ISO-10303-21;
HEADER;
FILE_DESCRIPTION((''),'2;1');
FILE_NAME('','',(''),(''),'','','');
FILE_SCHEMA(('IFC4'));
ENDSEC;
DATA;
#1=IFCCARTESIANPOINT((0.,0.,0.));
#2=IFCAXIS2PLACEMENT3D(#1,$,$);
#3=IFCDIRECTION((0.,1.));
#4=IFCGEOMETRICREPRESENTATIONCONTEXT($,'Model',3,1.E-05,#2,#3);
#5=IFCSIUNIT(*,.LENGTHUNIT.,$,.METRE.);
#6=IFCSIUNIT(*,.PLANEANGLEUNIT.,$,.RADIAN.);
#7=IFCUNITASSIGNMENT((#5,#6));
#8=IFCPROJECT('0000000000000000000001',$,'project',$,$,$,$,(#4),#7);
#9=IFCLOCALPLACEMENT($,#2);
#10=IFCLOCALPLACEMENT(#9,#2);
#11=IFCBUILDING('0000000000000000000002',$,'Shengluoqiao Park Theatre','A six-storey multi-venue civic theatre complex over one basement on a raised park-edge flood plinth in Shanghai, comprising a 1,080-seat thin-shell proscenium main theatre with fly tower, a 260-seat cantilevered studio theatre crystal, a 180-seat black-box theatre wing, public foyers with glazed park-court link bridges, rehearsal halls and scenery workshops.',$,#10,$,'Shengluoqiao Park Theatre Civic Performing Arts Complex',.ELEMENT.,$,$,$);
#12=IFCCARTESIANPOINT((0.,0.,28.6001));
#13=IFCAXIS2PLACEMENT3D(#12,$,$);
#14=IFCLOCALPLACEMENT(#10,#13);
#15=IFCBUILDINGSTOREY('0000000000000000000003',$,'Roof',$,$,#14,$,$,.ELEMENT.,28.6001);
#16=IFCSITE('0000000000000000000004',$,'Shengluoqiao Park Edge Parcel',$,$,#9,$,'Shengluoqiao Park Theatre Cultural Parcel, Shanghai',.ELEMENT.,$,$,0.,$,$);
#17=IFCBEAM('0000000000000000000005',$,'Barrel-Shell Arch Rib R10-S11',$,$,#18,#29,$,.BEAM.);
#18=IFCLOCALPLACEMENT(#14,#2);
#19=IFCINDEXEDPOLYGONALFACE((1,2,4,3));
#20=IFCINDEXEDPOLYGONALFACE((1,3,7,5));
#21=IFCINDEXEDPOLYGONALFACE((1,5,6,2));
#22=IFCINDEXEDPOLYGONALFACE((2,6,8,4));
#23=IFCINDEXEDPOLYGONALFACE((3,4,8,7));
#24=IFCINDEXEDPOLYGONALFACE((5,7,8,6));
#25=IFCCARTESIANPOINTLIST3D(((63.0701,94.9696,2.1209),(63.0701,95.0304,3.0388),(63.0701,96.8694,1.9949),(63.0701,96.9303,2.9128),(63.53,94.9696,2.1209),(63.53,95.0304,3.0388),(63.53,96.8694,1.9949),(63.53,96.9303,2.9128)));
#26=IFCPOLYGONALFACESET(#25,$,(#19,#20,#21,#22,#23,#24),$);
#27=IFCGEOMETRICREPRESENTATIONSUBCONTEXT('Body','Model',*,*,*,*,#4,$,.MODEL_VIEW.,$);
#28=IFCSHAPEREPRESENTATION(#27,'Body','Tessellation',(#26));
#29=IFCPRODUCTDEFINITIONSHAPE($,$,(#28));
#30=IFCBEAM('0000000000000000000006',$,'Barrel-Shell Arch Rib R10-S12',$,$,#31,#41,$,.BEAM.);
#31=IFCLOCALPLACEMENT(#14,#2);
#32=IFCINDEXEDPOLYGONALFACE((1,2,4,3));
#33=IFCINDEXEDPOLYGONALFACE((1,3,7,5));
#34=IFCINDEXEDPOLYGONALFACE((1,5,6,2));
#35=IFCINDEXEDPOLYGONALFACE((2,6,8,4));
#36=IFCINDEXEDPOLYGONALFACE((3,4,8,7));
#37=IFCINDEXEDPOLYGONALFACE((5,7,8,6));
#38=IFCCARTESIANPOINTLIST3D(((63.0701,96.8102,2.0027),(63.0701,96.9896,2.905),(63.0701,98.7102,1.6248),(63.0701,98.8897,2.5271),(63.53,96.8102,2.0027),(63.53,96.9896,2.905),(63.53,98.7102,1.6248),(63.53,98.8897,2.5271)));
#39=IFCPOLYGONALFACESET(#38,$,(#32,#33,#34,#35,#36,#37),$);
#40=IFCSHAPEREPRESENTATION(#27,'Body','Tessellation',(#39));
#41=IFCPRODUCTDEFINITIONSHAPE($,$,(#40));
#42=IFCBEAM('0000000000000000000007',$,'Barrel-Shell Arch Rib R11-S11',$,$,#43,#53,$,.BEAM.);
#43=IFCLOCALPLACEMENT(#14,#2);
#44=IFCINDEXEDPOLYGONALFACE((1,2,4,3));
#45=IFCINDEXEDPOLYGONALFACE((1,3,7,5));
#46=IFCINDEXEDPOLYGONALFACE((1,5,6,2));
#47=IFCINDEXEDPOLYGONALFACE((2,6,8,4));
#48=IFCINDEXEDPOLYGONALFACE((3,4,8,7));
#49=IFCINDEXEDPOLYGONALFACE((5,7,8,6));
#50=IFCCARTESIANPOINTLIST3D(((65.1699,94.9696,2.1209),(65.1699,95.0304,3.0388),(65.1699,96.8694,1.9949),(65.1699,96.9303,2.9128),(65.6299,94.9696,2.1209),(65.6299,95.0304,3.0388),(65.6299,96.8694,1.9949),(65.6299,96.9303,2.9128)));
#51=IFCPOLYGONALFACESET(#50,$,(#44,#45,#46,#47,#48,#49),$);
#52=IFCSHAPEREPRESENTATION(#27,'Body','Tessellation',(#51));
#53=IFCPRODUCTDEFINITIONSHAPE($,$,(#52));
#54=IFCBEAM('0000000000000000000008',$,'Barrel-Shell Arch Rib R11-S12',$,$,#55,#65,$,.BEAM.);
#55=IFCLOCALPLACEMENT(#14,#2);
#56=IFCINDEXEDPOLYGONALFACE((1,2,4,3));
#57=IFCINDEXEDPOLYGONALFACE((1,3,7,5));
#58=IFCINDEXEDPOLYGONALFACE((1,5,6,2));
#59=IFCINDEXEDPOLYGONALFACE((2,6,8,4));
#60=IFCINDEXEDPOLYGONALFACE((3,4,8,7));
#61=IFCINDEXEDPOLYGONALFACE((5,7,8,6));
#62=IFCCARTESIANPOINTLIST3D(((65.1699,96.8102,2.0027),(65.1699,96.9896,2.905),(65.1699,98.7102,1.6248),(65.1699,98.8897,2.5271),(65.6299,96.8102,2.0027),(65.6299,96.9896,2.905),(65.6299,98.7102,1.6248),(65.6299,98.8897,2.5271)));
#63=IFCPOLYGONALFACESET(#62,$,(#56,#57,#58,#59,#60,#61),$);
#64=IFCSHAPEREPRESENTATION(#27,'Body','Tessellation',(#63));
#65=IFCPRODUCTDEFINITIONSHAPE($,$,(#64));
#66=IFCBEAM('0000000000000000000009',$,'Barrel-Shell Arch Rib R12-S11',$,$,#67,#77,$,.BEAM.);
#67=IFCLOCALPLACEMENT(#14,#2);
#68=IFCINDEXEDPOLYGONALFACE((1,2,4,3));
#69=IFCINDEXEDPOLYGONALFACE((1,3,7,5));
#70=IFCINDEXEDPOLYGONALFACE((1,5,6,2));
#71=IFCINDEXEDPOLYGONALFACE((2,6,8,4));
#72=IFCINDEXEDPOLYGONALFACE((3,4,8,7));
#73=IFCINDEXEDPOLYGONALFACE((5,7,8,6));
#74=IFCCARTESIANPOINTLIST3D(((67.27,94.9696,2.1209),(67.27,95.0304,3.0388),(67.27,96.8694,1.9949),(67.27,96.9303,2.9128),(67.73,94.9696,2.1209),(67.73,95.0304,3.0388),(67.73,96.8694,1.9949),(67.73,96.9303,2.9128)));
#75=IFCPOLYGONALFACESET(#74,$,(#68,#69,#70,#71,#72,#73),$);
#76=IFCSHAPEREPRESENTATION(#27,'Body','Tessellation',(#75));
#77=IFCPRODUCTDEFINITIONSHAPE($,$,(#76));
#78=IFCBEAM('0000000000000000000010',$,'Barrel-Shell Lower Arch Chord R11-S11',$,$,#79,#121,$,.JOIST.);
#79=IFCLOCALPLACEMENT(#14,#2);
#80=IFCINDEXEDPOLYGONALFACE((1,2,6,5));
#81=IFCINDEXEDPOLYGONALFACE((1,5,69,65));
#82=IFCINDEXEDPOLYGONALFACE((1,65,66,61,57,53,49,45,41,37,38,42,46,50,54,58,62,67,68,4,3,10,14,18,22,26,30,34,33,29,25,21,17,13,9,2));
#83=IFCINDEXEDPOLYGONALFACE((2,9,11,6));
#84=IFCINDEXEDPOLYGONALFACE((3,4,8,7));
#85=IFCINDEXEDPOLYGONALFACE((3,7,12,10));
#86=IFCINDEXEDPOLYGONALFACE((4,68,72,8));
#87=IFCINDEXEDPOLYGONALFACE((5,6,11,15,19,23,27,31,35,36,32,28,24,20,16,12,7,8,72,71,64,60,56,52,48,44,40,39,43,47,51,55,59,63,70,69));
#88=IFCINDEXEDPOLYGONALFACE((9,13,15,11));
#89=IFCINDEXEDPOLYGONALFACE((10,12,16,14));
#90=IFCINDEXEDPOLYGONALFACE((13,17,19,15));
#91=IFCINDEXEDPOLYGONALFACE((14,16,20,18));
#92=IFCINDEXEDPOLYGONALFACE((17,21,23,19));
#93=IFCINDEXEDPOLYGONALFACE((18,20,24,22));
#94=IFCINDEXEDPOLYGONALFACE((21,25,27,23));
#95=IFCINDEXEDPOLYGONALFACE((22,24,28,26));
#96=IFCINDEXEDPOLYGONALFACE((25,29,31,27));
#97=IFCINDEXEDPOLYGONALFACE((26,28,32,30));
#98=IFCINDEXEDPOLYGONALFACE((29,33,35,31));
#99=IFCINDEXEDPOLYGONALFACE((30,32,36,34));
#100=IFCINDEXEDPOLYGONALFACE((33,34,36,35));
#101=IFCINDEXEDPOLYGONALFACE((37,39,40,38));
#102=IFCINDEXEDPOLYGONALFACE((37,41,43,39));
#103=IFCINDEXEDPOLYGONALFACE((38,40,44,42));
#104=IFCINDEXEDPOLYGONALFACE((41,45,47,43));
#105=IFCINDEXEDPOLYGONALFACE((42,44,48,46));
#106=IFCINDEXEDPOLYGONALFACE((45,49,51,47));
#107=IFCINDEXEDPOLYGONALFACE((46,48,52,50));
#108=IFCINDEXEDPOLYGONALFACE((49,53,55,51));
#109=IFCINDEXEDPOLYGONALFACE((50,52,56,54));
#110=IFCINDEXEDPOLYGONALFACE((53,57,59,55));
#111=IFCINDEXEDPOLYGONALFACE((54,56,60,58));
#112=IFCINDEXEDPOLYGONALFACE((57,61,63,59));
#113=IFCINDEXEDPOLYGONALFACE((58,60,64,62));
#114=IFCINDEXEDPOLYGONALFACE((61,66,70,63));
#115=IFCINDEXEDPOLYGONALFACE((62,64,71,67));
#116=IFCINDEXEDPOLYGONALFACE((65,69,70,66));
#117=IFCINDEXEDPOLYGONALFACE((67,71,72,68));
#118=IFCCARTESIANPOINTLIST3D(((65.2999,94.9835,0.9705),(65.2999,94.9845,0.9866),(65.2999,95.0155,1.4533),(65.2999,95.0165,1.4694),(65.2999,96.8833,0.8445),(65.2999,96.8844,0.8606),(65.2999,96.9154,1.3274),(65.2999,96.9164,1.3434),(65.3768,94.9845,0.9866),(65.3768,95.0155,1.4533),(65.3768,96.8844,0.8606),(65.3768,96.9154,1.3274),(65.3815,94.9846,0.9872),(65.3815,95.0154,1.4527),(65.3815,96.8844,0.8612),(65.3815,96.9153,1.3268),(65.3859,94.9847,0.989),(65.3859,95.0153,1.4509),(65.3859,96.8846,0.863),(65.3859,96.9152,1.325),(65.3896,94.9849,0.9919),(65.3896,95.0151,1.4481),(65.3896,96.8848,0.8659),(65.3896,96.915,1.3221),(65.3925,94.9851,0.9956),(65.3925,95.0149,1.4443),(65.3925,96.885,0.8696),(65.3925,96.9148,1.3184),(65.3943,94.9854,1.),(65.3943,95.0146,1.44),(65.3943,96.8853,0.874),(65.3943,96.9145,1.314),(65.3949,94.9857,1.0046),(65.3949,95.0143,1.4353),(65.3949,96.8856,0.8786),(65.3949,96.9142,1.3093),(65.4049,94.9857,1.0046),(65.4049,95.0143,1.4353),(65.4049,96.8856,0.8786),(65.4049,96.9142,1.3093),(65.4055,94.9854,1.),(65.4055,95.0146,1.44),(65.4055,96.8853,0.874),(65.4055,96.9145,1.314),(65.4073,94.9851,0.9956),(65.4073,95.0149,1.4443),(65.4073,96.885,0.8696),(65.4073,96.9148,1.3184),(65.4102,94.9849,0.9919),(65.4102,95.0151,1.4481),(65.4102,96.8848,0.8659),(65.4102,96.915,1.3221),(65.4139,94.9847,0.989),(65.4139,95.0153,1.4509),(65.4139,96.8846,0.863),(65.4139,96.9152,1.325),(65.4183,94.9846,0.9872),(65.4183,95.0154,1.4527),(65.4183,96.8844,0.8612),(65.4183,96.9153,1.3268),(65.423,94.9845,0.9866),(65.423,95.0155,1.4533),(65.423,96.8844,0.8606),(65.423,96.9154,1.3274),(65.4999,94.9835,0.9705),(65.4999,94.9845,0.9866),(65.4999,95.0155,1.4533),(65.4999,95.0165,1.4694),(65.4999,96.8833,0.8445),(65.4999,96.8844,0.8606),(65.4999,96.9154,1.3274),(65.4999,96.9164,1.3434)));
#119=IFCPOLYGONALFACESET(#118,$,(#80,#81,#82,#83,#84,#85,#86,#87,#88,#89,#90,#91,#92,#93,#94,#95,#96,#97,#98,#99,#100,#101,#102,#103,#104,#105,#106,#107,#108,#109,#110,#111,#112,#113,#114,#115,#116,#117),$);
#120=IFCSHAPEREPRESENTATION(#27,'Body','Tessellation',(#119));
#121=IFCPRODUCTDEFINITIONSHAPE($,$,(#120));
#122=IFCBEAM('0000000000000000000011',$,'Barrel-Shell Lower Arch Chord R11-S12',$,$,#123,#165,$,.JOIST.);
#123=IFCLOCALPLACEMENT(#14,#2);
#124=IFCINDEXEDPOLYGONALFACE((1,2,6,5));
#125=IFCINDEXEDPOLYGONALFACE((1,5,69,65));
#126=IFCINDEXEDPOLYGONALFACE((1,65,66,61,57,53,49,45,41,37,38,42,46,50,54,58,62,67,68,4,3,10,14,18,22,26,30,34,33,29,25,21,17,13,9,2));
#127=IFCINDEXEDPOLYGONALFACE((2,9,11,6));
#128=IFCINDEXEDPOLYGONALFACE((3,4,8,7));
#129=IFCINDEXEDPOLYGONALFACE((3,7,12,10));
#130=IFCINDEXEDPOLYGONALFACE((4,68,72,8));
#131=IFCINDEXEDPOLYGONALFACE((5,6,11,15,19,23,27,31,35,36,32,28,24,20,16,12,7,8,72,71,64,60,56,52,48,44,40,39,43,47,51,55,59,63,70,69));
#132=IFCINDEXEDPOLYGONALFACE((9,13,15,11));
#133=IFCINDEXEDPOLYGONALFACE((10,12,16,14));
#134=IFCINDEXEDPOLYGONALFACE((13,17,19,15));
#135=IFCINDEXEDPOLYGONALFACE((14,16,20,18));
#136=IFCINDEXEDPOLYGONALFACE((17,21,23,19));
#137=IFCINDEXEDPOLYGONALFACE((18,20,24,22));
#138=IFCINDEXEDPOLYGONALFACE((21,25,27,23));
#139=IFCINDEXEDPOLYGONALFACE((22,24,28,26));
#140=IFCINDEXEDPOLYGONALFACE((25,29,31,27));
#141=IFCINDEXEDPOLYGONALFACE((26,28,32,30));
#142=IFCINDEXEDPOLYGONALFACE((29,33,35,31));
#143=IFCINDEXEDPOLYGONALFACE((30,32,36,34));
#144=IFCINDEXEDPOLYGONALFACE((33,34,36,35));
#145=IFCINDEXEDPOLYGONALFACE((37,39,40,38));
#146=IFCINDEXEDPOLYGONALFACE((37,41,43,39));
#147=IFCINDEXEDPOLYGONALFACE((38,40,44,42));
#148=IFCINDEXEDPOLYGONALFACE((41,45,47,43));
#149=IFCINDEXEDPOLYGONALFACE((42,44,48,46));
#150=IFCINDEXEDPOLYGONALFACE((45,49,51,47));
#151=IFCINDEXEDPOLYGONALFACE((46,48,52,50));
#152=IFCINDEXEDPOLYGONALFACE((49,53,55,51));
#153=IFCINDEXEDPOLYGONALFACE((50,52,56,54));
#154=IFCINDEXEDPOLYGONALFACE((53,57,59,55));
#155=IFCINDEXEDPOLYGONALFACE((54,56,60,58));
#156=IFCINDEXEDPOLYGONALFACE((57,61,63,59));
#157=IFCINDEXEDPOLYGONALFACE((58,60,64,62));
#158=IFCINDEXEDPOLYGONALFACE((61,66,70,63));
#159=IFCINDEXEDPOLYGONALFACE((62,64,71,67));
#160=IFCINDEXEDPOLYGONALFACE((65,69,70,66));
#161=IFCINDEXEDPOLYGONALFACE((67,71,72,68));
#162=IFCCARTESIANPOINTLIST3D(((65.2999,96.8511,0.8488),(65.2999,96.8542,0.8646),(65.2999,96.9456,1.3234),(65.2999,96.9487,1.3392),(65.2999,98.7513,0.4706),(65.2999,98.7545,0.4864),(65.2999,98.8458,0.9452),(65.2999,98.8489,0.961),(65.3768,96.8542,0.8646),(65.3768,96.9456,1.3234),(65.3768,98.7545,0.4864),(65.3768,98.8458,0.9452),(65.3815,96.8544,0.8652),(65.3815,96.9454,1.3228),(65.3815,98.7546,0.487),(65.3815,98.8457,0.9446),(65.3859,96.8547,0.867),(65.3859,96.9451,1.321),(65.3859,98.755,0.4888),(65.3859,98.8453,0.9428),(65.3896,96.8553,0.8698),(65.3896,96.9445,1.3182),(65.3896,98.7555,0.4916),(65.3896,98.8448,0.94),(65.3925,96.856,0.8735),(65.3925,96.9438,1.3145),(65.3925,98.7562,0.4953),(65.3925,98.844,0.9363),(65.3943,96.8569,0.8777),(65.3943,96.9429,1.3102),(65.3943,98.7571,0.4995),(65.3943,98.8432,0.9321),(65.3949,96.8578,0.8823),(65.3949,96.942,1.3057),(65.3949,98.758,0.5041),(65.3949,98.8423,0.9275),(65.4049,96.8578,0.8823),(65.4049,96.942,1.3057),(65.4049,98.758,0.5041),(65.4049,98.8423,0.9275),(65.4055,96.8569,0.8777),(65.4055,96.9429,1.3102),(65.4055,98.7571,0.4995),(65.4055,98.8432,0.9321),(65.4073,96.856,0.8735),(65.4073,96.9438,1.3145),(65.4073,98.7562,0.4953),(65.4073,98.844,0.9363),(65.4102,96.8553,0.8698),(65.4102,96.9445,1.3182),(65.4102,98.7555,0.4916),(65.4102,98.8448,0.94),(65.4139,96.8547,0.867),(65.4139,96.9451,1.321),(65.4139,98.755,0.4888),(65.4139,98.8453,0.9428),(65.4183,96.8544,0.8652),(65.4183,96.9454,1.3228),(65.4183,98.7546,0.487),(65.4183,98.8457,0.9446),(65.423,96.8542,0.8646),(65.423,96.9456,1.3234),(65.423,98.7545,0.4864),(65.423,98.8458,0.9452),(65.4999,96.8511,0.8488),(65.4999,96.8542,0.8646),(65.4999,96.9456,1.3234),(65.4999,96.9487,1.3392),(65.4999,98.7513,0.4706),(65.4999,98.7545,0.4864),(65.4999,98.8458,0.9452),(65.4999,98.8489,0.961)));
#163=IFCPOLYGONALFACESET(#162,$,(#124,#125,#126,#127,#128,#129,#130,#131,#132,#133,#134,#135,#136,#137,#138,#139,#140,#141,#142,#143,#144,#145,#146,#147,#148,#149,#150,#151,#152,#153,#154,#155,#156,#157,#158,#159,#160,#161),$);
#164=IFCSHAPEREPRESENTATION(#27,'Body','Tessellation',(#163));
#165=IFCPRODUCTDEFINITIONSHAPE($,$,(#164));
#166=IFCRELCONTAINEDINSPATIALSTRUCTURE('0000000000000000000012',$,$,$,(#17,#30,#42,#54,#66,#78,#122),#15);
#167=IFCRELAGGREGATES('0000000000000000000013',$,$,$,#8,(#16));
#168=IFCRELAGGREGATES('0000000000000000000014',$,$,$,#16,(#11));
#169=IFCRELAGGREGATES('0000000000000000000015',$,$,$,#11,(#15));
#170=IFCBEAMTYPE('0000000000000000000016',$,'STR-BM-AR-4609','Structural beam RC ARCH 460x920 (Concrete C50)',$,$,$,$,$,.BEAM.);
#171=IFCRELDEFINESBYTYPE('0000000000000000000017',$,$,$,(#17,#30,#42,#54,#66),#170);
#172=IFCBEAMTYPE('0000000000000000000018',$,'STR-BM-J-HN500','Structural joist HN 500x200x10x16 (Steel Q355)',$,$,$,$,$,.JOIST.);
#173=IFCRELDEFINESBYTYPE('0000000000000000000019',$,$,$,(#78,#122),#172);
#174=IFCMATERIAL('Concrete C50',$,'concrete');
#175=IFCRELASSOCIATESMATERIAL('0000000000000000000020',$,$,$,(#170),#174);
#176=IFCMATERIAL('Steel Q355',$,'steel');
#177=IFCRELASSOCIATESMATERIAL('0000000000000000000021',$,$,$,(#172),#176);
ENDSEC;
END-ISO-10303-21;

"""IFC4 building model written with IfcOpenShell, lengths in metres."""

from ifc_helpers import new_model, si_unit, direction, frame, origin, origin_2d, place, context, subcontext, project, spatial, rectangle, i_section, extrude, material, material_profile, profile_set, type_object, element, save


model = new_model("IFC4")

# Units and contexts
model_context = context("Model", 3, precision=1e-05, world=origin(), true_north=direction((0.0, 1.0)))
body_context = subcontext(model_context, "Body", "Model", "MODEL_VIEW")
ifc_project = project(units=[si_unit("LENGTHUNIT", "METRE"), si_unit("PLANEANGLEUNIT", "RADIAN")], contexts=[model_context])

# Site, building, storey
site_placement = place(None, origin())
site = spatial("IfcSite", under=ifc_project, at=site_placement, Name="Shengluoqiao Park Edge Parcel", LongName="Shengluoqiao Park Theatre Cultural Parcel, Shanghai", CompositionType="ELEMENT", RefElevation=0.0)
building_placement = place(site_placement, origin())
building = spatial("IfcBuilding", under=site, at=building_placement, Name="Shengluoqiao Park Theatre", Description="A six-storey multi-venue civic theatre complex over one basement on a raised park-edge flood plinth in Shanghai, comprising a 1,080-seat thin-shell proscenium main theatre with fly tower, a 260-seat cantilevered studio theatre crystal, a 180-seat black-box theatre wing, public foyers with glazed park-court link bridges, rehearsal halls and scenery workshops.", LongName="Shengluoqiao Park Theatre Civic Performing Arts Complex", CompositionType="ELEMENT")
storey_placement = place(building_placement, frame((0.0, 0.0, 28.6001)))
storey = spatial("IfcBuildingStorey", under=building, at=storey_placement, Name="Roof", CompositionType="ELEMENT", Elevation=28.6001)

# Beams
ifc_material_1 = material(Name="Concrete C50", Category="concrete")
ifc_material_profile_1 = material_profile(ifc_material_1, rectangle(XDim=0.46, YDim=0.9199, at=origin_2d()), Name="RC ARCH 460x920")
ifc_profile_set_1 = profile_set([ifc_material_profile_1], Name="Concrete C50")
beam_type_1 = type_object("IfcBeamType", Name="STR-BM-AR-4609", Description="Structural beam RC ARCH 460x920 (Concrete C50)", PredefinedType="BEAM", material=ifc_profile_set_1)
beam_1_placement = place(storey_placement, frame((63.3, 95.0, 2.5798), z_axis=(0.0, 0.997809, -0.066162), x_axis=(-1.0, 0.0, 0.0)))
element("IfcBeam", 1, at=beam_1_placement, inside=storey, type_object=beam_type_1, Name="Barrel-Shell Arch Rib R10-S11", PredefinedType="BEAM", context=body_context, shape_type="SweptSolid", body=[
    extrude(rectangle(XDim=0.46, YDim=0.9199, at=origin_2d()), origin(), (0.0, 0.0, 1.0), 1.9041),
])
beam_2_placement = place(storey_placement, frame((63.3, 96.8999, 2.4539), z_axis=(0.0, 0.980789, -0.195074), x_axis=(-1.0, 0.0, 0.0)))
element("IfcBeam", 2, at=beam_2_placement, inside=storey, type_object=beam_type_1, Name="Barrel-Shell Arch Rib R10-S12", PredefinedType="BEAM", context=body_context, shape_type="SweptSolid", body=[
    extrude(rectangle(XDim=0.46, YDim=0.9199, at=origin_2d()), origin(), (0.0, 0.0, 1.0), 1.9373),
])
beam_3_placement = place(storey_placement, frame((65.3999, 95.0, 2.5798), z_axis=(0.0, 0.997809, -0.066162), x_axis=(-1.0, 0.0, 0.0)))
element("IfcBeam", 3, at=beam_3_placement, inside=storey, type_object=beam_type_1, Name="Barrel-Shell Arch Rib R11-S11", PredefinedType="BEAM", context=body_context, shape_type="SweptSolid", body=[
    extrude(rectangle(XDim=0.46, YDim=0.9199, at=origin_2d()), origin(), (0.0, 0.0, 1.0), 1.9041),
])
beam_4_placement = place(storey_placement, frame((65.3999, 96.8999, 2.4539), z_axis=(0.0, 0.980789, -0.195074), x_axis=(-1.0, 0.0, 0.0)))
element("IfcBeam", 4, at=beam_4_placement, inside=storey, type_object=beam_type_1, Name="Barrel-Shell Arch Rib R11-S12", PredefinedType="BEAM", context=body_context, shape_type="SweptSolid", body=[
    extrude(rectangle(XDim=0.46, YDim=0.9199, at=origin_2d()), origin(), (0.0, 0.0, 1.0), 1.9373),
])
beam_5_placement = place(storey_placement, frame((67.5, 95.0, 2.5798), z_axis=(0.0, 0.997809, -0.066162), x_axis=(-1.0, 0.0, 0.0)))
element("IfcBeam", 5, at=beam_5_placement, inside=storey, type_object=beam_type_1, Name="Barrel-Shell Arch Rib R12-S11", PredefinedType="BEAM", context=body_context, shape_type="SweptSolid", body=[
    extrude(rectangle(XDim=0.46, YDim=0.9199, at=origin_2d()), origin(), (0.0, 0.0, 1.0), 1.9041),
])
ifc_material_2 = material(Name="Steel Q355", Category="steel")
ifc_material_profile_2 = material_profile(ifc_material_2, i_section(OverallWidth=0.2, OverallDepth=0.5, WebThickness=0.01, FlangeThickness=0.0161, FilletRadius=0.0181, at=origin_2d()), Name="HN 500x200x10x16")
ifc_profile_set_2 = profile_set([ifc_material_profile_2], Name="Steel Q355")
beam_type_2 = type_object("IfcBeamType", Name="STR-BM-J-HN500", Description="Structural joist HN 500x200x10x16 (Steel Q355)", PredefinedType="JOIST", material=ifc_profile_set_2)
beam_6_placement = place(storey_placement, frame((65.3999, 95.0, 1.22), z_axis=(0.0, 0.997809, -0.066162), x_axis=(-1.0, 0.0, 0.0)))
element("IfcBeam", 6, at=beam_6_placement, inside=storey, type_object=beam_type_2, Name="Barrel-Shell Lower Arch Chord R11-S11", PredefinedType="JOIST", context=body_context, shape_type="SweptSolid", body=[
    extrude(i_section(OverallWidth=0.2, OverallDepth=0.5, WebThickness=0.01, FlangeThickness=0.0161, FilletRadius=0.0181, at=origin_2d()), origin(), (0.0, 0.0, 1.0), 1.9041),
])
beam_7_placement = place(storey_placement, frame((65.3999, 96.8999, 1.094), z_axis=(0.0, 0.980764, -0.195195), x_axis=(-1.0, 0.0, 0.0)))
element("IfcBeam", 7, at=beam_7_placement, inside=storey, type_object=beam_type_2, Name="Barrel-Shell Lower Arch Chord R11-S12", PredefinedType="JOIST", context=body_context, shape_type="SweptSolid", body=[
    extrude(i_section(OverallWidth=0.2, OverallDepth=0.5, WebThickness=0.01, FlangeThickness=0.0161, FilletRadius=0.0181, at=origin_2d()), origin(), (0.0, 0.0, 1.0), 1.9375),
])

save(model, "model.ifc")
